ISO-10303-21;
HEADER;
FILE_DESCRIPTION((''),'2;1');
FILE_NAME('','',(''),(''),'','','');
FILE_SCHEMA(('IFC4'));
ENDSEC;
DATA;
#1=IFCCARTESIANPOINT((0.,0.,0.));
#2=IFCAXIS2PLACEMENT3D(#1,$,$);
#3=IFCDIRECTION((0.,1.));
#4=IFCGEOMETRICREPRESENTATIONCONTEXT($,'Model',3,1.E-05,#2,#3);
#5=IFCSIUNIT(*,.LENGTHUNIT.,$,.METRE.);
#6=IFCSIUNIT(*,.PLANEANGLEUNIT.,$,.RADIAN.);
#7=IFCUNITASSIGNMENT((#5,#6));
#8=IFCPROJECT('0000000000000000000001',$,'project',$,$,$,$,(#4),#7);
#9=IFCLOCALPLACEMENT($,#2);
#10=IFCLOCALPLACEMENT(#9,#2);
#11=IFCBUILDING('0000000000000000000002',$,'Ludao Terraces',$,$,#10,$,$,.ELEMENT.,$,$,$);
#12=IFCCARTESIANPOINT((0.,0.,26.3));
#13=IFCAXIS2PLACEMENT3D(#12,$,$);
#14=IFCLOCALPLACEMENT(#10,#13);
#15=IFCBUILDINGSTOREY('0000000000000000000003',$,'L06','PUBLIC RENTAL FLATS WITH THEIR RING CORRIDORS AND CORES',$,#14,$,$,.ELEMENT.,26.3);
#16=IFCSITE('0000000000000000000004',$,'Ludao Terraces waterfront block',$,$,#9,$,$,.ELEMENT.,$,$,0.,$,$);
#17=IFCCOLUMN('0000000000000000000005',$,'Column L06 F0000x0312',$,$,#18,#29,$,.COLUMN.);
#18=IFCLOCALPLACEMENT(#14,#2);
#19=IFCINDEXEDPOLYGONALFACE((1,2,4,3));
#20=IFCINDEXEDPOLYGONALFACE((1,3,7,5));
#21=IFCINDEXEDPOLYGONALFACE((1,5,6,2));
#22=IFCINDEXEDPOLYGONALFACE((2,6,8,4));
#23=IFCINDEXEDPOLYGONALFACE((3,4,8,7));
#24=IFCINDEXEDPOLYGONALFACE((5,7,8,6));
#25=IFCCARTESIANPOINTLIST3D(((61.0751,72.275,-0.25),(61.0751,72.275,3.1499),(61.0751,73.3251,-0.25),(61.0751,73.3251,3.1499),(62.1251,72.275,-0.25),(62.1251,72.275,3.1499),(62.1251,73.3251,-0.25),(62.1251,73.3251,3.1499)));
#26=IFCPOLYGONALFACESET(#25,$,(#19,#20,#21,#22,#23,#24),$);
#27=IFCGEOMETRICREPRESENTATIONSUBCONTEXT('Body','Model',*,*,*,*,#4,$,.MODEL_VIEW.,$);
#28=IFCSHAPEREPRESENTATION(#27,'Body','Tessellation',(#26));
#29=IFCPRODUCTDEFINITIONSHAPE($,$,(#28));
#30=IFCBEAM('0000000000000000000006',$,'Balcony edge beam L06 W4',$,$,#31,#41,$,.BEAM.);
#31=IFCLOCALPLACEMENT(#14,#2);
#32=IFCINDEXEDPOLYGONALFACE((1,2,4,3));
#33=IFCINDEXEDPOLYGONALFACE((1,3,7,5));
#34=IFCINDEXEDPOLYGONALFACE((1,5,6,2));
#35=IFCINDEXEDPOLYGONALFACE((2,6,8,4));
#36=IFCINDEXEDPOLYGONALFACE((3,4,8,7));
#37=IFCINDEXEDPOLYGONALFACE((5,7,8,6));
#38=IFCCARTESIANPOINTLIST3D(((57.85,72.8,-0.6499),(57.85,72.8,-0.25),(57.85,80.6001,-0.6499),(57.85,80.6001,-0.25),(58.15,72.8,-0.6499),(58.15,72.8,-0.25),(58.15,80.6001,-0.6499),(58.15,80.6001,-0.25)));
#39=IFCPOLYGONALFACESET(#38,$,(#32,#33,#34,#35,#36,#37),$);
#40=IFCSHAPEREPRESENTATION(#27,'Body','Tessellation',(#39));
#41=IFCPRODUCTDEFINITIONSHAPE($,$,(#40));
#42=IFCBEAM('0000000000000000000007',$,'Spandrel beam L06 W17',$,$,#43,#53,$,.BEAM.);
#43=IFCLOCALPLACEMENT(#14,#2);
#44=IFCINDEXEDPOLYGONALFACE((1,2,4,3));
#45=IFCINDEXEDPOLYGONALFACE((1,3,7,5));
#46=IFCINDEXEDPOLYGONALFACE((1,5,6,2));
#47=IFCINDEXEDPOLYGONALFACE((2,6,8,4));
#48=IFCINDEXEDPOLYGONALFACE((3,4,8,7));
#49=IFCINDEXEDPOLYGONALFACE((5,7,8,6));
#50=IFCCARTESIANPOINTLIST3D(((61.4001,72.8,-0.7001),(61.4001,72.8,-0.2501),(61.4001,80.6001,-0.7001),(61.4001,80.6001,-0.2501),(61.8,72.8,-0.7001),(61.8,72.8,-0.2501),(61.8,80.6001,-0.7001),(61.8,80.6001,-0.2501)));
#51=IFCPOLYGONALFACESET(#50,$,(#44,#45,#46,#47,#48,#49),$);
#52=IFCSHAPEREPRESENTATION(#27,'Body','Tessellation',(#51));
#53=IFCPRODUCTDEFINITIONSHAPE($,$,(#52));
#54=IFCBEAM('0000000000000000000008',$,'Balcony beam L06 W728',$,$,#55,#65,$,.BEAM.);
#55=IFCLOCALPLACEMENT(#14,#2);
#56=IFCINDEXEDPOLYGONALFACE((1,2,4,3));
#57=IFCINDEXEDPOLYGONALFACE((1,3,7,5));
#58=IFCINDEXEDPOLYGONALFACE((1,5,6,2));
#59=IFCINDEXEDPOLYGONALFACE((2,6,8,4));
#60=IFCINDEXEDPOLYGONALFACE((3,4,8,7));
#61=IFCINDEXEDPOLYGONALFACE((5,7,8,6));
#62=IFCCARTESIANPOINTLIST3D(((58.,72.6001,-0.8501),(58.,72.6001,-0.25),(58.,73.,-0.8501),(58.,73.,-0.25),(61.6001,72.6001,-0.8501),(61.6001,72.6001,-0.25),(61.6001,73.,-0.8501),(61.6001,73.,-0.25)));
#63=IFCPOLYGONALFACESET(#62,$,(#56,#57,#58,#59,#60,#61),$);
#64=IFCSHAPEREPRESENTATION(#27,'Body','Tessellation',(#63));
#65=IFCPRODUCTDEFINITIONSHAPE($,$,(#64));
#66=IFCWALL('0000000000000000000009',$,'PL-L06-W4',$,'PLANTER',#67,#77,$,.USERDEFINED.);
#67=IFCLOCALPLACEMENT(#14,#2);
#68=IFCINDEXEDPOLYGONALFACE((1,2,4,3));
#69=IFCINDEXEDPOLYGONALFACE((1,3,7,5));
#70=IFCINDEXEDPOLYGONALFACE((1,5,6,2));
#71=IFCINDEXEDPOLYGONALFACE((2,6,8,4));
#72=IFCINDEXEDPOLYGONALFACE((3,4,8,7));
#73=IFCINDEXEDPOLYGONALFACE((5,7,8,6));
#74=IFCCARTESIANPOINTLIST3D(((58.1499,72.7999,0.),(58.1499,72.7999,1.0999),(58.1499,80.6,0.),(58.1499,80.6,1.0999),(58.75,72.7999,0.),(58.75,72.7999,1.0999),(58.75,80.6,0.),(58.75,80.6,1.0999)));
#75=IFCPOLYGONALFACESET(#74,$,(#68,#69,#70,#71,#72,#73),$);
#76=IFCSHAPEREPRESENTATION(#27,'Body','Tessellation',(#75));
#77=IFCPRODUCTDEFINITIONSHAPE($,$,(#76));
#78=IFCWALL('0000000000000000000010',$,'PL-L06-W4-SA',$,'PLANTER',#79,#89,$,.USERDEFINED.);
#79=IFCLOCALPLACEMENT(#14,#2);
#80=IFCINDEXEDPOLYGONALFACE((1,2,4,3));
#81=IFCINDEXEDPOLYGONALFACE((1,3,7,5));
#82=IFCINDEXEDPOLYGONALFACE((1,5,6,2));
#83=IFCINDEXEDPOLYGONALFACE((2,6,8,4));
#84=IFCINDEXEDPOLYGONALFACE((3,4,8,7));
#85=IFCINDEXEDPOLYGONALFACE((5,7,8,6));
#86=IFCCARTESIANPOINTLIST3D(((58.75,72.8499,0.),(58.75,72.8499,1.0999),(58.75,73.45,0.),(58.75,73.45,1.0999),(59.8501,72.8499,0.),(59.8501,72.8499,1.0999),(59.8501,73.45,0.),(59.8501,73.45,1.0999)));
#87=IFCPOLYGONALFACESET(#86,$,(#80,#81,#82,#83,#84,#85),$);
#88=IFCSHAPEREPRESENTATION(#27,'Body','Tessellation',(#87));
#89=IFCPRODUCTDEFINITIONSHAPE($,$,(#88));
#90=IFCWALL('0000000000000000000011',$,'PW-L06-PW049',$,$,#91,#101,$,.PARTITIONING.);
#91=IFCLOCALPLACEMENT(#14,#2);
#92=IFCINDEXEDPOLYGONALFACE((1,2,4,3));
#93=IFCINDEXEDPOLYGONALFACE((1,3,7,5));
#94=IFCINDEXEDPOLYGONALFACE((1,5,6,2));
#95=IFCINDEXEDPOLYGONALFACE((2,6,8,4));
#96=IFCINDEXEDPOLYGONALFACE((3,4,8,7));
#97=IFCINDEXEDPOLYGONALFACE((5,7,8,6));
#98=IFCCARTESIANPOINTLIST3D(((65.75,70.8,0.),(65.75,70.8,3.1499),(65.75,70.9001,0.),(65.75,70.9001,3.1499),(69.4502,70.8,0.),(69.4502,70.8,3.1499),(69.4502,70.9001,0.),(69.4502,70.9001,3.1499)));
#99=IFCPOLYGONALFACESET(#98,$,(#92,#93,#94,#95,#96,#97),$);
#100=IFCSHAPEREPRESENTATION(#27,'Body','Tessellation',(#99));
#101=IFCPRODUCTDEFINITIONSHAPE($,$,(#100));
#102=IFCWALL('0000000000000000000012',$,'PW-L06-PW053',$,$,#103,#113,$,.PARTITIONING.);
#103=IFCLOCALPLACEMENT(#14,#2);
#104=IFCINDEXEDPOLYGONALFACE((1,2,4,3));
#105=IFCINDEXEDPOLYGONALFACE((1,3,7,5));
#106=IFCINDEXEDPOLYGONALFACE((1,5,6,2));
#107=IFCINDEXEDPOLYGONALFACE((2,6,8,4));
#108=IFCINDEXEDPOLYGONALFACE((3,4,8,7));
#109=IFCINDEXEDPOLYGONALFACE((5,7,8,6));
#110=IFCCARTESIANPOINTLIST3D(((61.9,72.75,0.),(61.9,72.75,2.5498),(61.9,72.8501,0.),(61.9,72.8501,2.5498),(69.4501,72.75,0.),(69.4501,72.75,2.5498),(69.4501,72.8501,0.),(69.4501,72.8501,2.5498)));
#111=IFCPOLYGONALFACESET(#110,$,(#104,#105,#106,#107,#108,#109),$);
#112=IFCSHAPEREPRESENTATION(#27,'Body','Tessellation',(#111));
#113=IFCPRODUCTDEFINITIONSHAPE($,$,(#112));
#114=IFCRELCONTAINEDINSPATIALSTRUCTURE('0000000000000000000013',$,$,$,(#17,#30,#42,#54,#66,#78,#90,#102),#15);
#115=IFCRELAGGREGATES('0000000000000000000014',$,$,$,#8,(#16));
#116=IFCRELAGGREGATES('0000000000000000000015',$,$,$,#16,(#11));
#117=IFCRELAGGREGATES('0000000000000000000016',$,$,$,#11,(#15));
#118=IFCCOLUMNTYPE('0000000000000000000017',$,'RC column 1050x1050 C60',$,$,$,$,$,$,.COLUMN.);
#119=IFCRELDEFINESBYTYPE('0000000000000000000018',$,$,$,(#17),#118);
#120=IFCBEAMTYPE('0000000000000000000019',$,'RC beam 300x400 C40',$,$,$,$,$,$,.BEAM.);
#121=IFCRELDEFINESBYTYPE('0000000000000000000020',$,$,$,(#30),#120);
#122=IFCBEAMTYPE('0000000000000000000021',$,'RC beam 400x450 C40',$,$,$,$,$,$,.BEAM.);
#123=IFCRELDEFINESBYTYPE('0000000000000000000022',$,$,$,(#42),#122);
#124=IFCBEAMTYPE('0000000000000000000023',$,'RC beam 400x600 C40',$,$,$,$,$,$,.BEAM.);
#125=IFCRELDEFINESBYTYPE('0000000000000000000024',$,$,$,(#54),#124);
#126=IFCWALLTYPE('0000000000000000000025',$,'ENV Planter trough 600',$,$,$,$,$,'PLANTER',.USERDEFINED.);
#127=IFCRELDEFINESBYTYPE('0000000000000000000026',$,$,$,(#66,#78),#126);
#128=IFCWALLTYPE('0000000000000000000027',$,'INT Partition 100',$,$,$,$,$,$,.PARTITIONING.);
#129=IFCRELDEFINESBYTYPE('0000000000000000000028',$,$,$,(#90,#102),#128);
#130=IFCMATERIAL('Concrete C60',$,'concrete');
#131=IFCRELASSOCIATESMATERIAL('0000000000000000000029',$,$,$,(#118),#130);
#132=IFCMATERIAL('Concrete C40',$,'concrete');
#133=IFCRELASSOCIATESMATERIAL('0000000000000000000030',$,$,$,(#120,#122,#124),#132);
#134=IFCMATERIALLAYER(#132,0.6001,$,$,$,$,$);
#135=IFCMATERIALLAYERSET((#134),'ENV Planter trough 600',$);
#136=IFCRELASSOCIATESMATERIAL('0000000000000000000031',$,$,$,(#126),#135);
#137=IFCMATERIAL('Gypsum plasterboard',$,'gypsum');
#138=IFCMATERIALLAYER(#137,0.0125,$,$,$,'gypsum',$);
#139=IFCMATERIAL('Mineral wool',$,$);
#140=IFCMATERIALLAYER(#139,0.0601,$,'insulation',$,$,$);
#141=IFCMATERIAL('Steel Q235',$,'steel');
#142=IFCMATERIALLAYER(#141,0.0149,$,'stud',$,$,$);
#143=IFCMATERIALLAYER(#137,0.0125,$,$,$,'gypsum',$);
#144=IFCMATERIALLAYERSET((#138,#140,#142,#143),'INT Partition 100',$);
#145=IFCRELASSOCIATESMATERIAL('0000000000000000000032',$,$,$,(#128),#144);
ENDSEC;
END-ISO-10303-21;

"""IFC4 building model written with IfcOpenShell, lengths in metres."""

from ifc_helpers import new_model, si_unit, direction, frame, frame_2d, origin, origin_2d, place, context, subcontext, project, spatial, rectangle, extrude, material, layer, layer_set, material_profile, profile_set, type_object, element, save


model = new_model("IFC4")

# Units and contexts
model_context = context("Model", 3, precision=1e-05, world=origin(), true_north=direction((0.0, 1.0)))
body_context = subcontext(model_context, "Body", "Model", "MODEL_VIEW")
ifc_project = project(units=[si_unit("LENGTHUNIT", "METRE"), si_unit("PLANEANGLEUNIT", "RADIAN")], contexts=[model_context])

# Site, building, storey
site_placement = place(None, origin())
site = spatial("IfcSite", under=ifc_project, at=site_placement, Name="Ludao Terraces waterfront block", CompositionType="ELEMENT", RefElevation=0.0)
building_placement = place(site_placement, origin())
building = spatial("IfcBuilding", under=site, at=building_placement, Name="Ludao Terraces", CompositionType="ELEMENT")
storey_placement = place(building_placement, frame((0.0, 0.0, 26.3)))
storey = spatial("IfcBuildingStorey", under=building, at=storey_placement, Name="L06", Description="PUBLIC RENTAL FLATS WITH THEIR RING CORRIDORS AND CORES", CompositionType="ELEMENT", Elevation=26.3)

# Column
ifc_material_1 = material(Name="Concrete C60", Category="concrete")
ifc_material_profile_1 = material_profile(ifc_material_1, rectangle(XDim=1.05, YDim=1.05, at=origin_2d()), Name="1050 X 1050")
ifc_profile_set_1 = profile_set([ifc_material_profile_1], Name="Concrete C60")
column_type = type_object("IfcColumnType", Name="RC column 1050x1050 C60", PredefinedType="COLUMN", material=ifc_profile_set_1)
column_placement = place(storey_placement, frame((61.6001, 72.8, -0.25), z_axis=(0.0, 0.0, 1.0), x_axis=(1.0, 0.0, 0.0)))
element("IfcColumn", 1, at=column_placement, inside=storey, type_object=column_type, Name="Column L06 F0000x0312", PredefinedType="COLUMN", context=body_context, shape_type="SweptSolid", body=[
    extrude(rectangle(XDim=1.05, YDim=1.05, at=origin_2d()), origin(), (0.0, 0.0, 1.0), 3.3999),
])

# Beams
ifc_material_2 = material(Name="Concrete C40", Category="concrete")
ifc_material_profile_2 = material_profile(ifc_material_2, rectangle(XDim=0.3, YDim=0.3999, at=origin_2d()), Name="300 X 400")
ifc_profile_set_2 = profile_set([ifc_material_profile_2], Name="Concrete C40")
beam_type_1 = type_object("IfcBeamType", Name="RC beam 300x400 C40", PredefinedType="BEAM", material=ifc_profile_set_2)
beam_1_placement = place(storey_placement, frame((58.0, 72.8, -0.45), z_axis=(0.0, 1.0, 0.0), x_axis=(-1.0, 0.0, 0.0)))
element("IfcBeam", 2, at=beam_1_placement, inside=storey, type_object=beam_type_1, Name="Balcony edge beam L06 W4", PredefinedType="BEAM", context=body_context, shape_type="SweptSolid", body=[
    extrude(rectangle(XDim=0.3, YDim=0.3999, at=origin_2d()), origin(), (0.0, 0.0, 1.0), 7.8),
])
ifc_material_profile_3 = material_profile(ifc_material_2, rectangle(XDim=0.3999, YDim=0.45, at=origin_2d()), Name="400 X 450")
ifc_profile_set_3 = profile_set([ifc_material_profile_3], Name="Concrete C40")
beam_type_2 = type_object("IfcBeamType", Name="RC beam 400x450 C40", PredefinedType="BEAM", material=ifc_profile_set_3)
beam_2_placement = place(storey_placement, frame((61.6001, 72.8, -0.4751), z_axis=(0.0, 1.0, 0.0), x_axis=(-1.0, 0.0, 0.0)))
element("IfcBeam", 3, at=beam_2_placement, inside=storey, type_object=beam_type_2, Name="Spandrel beam L06 W17", PredefinedType="BEAM", context=body_context, shape_type="SweptSolid", body=[
    extrude(rectangle(XDim=0.3999, YDim=0.45, at=origin_2d()), origin(), (0.0, 0.0, 1.0), 7.8),
])
ifc_material_profile_4 = material_profile(ifc_material_2, rectangle(XDim=0.3999, YDim=0.6001, at=origin_2d()), Name="400 X 600")
ifc_profile_set_4 = profile_set([ifc_material_profile_4], Name="Concrete C40")
beam_type_3 = type_object("IfcBeamType", Name="RC beam 400x600 C40", PredefinedType="BEAM", material=ifc_profile_set_4)
beam_3_placement = place(storey_placement, frame((61.6001, 72.8, -0.55), z_axis=(-1.0, 0.0, 0.0), x_axis=(0.0, -1.0, 0.0)))
element("IfcBeam", 4, at=beam_3_placement, inside=storey, type_object=beam_type_3, Name="Balcony beam L06 W728", PredefinedType="BEAM", context=body_context, shape_type="SweptSolid", body=[
    extrude(rectangle(XDim=0.3999, YDim=0.6001, at=origin_2d()), origin(), (0.0, 0.0, 1.0), 3.6001),
])

# Walls
ifc_layer_1 = layer(ifc_material_2, 0.6001)
ifc_layer_set_1 = layer_set([ifc_layer_1], Name="ENV Planter trough 600")
wall_type_1 = type_object("IfcWallType", Name="ENV Planter trough 600", ElementType="PLANTER", PredefinedType="USERDEFINED", material=ifc_layer_set_1)
wall_1_placement = place(storey_placement, frame((58.45, 72.8, 0.0), z_axis=(0.0, 0.0, 1.0), x_axis=(0.0, 1.0, 0.0)))
element("IfcWall", 5, at=wall_1_placement, inside=storey, type_object=wall_type_1, Name="PL-L06-W4", ObjectType="PLANTER", PredefinedType="USERDEFINED", context=body_context, shape_type="SweptSolid", body=[
    extrude(rectangle(XDim=7.8, YDim=0.6001, at=frame_2d((3.8999, 0.0))), origin(), (0.0, 0.0, 1.0), 1.0999),
])
wall_2_placement = place(storey_placement, frame((58.75, 73.1499, 0.0), z_axis=(0.0, 0.0, 1.0), x_axis=(1.0, 0.0, 0.0)))
element("IfcWall", 6, at=wall_2_placement, inside=storey, type_object=wall_type_1, Name="PL-L06-W4-SA", ObjectType="PLANTER", PredefinedType="USERDEFINED", context=body_context, shape_type="SweptSolid", body=[
    extrude(rectangle(XDim=1.1001, YDim=0.6001, at=frame_2d((0.55, 0.0))), origin(), (0.0, 0.0, 1.0), 1.0999),
])

# Shared definitions
ifc_material_3 = material(Name="Mineral wool")

# Walls
ifc_material_4 = material(Name="Gypsum plasterboard", Category="gypsum")
ifc_layer_2 = layer(ifc_material_4, 0.0125, Category="gypsum")
ifc_layer_3 = layer(ifc_material_3, 0.0601, Name="insulation")
ifc_material_5 = material(Name="Steel Q235", Category="steel")
ifc_layer_4 = layer(ifc_material_5, 0.0149, Name="stud")
ifc_layer_5 = layer(ifc_material_4, 0.0125, Category="gypsum")
ifc_layer_set_2 = layer_set([ifc_layer_2, ifc_layer_3, ifc_layer_4, ifc_layer_5], Name="INT Partition 100")
wall_type_2 = type_object("IfcWallType", Name="INT Partition 100", PredefinedType="PARTITIONING", material=ifc_layer_set_2)
wall_3_placement = place(storey_placement, frame((65.75, 70.8501, 0.0), z_axis=(0.0, 0.0, 1.0), x_axis=(1.0, 0.0, 0.0)))
element("IfcWall", 7, at=wall_3_placement, inside=storey, type_object=wall_type_2, Name="PW-L06-PW049", PredefinedType="PARTITIONING", context=body_context, shape_type="SweptSolid", body=[
    extrude(rectangle(XDim=3.7002, YDim=0.1001, at=frame_2d((1.8501, 0.0))), origin(), (0.0, 0.0, 1.0), 3.1499),
])
wall_4_placement = place(storey_placement, frame((61.9001, 72.8, 0.0), z_axis=(0.0, 0.0, 1.0), x_axis=(1.0, 0.0, 0.0)))
element("IfcWall", 8, at=wall_4_placement, inside=storey, type_object=wall_type_2, Name="PW-L06-PW053", PredefinedType="PARTITIONING", context=body_context, shape_type="SweptSolid", body=[
    extrude(rectangle(XDim=7.55, YDim=0.1001, at=frame_2d((3.7749, 0.0))), origin(), (0.0, 0.0, 1.0), 2.5498),
])

save(model, "model.ifc")
